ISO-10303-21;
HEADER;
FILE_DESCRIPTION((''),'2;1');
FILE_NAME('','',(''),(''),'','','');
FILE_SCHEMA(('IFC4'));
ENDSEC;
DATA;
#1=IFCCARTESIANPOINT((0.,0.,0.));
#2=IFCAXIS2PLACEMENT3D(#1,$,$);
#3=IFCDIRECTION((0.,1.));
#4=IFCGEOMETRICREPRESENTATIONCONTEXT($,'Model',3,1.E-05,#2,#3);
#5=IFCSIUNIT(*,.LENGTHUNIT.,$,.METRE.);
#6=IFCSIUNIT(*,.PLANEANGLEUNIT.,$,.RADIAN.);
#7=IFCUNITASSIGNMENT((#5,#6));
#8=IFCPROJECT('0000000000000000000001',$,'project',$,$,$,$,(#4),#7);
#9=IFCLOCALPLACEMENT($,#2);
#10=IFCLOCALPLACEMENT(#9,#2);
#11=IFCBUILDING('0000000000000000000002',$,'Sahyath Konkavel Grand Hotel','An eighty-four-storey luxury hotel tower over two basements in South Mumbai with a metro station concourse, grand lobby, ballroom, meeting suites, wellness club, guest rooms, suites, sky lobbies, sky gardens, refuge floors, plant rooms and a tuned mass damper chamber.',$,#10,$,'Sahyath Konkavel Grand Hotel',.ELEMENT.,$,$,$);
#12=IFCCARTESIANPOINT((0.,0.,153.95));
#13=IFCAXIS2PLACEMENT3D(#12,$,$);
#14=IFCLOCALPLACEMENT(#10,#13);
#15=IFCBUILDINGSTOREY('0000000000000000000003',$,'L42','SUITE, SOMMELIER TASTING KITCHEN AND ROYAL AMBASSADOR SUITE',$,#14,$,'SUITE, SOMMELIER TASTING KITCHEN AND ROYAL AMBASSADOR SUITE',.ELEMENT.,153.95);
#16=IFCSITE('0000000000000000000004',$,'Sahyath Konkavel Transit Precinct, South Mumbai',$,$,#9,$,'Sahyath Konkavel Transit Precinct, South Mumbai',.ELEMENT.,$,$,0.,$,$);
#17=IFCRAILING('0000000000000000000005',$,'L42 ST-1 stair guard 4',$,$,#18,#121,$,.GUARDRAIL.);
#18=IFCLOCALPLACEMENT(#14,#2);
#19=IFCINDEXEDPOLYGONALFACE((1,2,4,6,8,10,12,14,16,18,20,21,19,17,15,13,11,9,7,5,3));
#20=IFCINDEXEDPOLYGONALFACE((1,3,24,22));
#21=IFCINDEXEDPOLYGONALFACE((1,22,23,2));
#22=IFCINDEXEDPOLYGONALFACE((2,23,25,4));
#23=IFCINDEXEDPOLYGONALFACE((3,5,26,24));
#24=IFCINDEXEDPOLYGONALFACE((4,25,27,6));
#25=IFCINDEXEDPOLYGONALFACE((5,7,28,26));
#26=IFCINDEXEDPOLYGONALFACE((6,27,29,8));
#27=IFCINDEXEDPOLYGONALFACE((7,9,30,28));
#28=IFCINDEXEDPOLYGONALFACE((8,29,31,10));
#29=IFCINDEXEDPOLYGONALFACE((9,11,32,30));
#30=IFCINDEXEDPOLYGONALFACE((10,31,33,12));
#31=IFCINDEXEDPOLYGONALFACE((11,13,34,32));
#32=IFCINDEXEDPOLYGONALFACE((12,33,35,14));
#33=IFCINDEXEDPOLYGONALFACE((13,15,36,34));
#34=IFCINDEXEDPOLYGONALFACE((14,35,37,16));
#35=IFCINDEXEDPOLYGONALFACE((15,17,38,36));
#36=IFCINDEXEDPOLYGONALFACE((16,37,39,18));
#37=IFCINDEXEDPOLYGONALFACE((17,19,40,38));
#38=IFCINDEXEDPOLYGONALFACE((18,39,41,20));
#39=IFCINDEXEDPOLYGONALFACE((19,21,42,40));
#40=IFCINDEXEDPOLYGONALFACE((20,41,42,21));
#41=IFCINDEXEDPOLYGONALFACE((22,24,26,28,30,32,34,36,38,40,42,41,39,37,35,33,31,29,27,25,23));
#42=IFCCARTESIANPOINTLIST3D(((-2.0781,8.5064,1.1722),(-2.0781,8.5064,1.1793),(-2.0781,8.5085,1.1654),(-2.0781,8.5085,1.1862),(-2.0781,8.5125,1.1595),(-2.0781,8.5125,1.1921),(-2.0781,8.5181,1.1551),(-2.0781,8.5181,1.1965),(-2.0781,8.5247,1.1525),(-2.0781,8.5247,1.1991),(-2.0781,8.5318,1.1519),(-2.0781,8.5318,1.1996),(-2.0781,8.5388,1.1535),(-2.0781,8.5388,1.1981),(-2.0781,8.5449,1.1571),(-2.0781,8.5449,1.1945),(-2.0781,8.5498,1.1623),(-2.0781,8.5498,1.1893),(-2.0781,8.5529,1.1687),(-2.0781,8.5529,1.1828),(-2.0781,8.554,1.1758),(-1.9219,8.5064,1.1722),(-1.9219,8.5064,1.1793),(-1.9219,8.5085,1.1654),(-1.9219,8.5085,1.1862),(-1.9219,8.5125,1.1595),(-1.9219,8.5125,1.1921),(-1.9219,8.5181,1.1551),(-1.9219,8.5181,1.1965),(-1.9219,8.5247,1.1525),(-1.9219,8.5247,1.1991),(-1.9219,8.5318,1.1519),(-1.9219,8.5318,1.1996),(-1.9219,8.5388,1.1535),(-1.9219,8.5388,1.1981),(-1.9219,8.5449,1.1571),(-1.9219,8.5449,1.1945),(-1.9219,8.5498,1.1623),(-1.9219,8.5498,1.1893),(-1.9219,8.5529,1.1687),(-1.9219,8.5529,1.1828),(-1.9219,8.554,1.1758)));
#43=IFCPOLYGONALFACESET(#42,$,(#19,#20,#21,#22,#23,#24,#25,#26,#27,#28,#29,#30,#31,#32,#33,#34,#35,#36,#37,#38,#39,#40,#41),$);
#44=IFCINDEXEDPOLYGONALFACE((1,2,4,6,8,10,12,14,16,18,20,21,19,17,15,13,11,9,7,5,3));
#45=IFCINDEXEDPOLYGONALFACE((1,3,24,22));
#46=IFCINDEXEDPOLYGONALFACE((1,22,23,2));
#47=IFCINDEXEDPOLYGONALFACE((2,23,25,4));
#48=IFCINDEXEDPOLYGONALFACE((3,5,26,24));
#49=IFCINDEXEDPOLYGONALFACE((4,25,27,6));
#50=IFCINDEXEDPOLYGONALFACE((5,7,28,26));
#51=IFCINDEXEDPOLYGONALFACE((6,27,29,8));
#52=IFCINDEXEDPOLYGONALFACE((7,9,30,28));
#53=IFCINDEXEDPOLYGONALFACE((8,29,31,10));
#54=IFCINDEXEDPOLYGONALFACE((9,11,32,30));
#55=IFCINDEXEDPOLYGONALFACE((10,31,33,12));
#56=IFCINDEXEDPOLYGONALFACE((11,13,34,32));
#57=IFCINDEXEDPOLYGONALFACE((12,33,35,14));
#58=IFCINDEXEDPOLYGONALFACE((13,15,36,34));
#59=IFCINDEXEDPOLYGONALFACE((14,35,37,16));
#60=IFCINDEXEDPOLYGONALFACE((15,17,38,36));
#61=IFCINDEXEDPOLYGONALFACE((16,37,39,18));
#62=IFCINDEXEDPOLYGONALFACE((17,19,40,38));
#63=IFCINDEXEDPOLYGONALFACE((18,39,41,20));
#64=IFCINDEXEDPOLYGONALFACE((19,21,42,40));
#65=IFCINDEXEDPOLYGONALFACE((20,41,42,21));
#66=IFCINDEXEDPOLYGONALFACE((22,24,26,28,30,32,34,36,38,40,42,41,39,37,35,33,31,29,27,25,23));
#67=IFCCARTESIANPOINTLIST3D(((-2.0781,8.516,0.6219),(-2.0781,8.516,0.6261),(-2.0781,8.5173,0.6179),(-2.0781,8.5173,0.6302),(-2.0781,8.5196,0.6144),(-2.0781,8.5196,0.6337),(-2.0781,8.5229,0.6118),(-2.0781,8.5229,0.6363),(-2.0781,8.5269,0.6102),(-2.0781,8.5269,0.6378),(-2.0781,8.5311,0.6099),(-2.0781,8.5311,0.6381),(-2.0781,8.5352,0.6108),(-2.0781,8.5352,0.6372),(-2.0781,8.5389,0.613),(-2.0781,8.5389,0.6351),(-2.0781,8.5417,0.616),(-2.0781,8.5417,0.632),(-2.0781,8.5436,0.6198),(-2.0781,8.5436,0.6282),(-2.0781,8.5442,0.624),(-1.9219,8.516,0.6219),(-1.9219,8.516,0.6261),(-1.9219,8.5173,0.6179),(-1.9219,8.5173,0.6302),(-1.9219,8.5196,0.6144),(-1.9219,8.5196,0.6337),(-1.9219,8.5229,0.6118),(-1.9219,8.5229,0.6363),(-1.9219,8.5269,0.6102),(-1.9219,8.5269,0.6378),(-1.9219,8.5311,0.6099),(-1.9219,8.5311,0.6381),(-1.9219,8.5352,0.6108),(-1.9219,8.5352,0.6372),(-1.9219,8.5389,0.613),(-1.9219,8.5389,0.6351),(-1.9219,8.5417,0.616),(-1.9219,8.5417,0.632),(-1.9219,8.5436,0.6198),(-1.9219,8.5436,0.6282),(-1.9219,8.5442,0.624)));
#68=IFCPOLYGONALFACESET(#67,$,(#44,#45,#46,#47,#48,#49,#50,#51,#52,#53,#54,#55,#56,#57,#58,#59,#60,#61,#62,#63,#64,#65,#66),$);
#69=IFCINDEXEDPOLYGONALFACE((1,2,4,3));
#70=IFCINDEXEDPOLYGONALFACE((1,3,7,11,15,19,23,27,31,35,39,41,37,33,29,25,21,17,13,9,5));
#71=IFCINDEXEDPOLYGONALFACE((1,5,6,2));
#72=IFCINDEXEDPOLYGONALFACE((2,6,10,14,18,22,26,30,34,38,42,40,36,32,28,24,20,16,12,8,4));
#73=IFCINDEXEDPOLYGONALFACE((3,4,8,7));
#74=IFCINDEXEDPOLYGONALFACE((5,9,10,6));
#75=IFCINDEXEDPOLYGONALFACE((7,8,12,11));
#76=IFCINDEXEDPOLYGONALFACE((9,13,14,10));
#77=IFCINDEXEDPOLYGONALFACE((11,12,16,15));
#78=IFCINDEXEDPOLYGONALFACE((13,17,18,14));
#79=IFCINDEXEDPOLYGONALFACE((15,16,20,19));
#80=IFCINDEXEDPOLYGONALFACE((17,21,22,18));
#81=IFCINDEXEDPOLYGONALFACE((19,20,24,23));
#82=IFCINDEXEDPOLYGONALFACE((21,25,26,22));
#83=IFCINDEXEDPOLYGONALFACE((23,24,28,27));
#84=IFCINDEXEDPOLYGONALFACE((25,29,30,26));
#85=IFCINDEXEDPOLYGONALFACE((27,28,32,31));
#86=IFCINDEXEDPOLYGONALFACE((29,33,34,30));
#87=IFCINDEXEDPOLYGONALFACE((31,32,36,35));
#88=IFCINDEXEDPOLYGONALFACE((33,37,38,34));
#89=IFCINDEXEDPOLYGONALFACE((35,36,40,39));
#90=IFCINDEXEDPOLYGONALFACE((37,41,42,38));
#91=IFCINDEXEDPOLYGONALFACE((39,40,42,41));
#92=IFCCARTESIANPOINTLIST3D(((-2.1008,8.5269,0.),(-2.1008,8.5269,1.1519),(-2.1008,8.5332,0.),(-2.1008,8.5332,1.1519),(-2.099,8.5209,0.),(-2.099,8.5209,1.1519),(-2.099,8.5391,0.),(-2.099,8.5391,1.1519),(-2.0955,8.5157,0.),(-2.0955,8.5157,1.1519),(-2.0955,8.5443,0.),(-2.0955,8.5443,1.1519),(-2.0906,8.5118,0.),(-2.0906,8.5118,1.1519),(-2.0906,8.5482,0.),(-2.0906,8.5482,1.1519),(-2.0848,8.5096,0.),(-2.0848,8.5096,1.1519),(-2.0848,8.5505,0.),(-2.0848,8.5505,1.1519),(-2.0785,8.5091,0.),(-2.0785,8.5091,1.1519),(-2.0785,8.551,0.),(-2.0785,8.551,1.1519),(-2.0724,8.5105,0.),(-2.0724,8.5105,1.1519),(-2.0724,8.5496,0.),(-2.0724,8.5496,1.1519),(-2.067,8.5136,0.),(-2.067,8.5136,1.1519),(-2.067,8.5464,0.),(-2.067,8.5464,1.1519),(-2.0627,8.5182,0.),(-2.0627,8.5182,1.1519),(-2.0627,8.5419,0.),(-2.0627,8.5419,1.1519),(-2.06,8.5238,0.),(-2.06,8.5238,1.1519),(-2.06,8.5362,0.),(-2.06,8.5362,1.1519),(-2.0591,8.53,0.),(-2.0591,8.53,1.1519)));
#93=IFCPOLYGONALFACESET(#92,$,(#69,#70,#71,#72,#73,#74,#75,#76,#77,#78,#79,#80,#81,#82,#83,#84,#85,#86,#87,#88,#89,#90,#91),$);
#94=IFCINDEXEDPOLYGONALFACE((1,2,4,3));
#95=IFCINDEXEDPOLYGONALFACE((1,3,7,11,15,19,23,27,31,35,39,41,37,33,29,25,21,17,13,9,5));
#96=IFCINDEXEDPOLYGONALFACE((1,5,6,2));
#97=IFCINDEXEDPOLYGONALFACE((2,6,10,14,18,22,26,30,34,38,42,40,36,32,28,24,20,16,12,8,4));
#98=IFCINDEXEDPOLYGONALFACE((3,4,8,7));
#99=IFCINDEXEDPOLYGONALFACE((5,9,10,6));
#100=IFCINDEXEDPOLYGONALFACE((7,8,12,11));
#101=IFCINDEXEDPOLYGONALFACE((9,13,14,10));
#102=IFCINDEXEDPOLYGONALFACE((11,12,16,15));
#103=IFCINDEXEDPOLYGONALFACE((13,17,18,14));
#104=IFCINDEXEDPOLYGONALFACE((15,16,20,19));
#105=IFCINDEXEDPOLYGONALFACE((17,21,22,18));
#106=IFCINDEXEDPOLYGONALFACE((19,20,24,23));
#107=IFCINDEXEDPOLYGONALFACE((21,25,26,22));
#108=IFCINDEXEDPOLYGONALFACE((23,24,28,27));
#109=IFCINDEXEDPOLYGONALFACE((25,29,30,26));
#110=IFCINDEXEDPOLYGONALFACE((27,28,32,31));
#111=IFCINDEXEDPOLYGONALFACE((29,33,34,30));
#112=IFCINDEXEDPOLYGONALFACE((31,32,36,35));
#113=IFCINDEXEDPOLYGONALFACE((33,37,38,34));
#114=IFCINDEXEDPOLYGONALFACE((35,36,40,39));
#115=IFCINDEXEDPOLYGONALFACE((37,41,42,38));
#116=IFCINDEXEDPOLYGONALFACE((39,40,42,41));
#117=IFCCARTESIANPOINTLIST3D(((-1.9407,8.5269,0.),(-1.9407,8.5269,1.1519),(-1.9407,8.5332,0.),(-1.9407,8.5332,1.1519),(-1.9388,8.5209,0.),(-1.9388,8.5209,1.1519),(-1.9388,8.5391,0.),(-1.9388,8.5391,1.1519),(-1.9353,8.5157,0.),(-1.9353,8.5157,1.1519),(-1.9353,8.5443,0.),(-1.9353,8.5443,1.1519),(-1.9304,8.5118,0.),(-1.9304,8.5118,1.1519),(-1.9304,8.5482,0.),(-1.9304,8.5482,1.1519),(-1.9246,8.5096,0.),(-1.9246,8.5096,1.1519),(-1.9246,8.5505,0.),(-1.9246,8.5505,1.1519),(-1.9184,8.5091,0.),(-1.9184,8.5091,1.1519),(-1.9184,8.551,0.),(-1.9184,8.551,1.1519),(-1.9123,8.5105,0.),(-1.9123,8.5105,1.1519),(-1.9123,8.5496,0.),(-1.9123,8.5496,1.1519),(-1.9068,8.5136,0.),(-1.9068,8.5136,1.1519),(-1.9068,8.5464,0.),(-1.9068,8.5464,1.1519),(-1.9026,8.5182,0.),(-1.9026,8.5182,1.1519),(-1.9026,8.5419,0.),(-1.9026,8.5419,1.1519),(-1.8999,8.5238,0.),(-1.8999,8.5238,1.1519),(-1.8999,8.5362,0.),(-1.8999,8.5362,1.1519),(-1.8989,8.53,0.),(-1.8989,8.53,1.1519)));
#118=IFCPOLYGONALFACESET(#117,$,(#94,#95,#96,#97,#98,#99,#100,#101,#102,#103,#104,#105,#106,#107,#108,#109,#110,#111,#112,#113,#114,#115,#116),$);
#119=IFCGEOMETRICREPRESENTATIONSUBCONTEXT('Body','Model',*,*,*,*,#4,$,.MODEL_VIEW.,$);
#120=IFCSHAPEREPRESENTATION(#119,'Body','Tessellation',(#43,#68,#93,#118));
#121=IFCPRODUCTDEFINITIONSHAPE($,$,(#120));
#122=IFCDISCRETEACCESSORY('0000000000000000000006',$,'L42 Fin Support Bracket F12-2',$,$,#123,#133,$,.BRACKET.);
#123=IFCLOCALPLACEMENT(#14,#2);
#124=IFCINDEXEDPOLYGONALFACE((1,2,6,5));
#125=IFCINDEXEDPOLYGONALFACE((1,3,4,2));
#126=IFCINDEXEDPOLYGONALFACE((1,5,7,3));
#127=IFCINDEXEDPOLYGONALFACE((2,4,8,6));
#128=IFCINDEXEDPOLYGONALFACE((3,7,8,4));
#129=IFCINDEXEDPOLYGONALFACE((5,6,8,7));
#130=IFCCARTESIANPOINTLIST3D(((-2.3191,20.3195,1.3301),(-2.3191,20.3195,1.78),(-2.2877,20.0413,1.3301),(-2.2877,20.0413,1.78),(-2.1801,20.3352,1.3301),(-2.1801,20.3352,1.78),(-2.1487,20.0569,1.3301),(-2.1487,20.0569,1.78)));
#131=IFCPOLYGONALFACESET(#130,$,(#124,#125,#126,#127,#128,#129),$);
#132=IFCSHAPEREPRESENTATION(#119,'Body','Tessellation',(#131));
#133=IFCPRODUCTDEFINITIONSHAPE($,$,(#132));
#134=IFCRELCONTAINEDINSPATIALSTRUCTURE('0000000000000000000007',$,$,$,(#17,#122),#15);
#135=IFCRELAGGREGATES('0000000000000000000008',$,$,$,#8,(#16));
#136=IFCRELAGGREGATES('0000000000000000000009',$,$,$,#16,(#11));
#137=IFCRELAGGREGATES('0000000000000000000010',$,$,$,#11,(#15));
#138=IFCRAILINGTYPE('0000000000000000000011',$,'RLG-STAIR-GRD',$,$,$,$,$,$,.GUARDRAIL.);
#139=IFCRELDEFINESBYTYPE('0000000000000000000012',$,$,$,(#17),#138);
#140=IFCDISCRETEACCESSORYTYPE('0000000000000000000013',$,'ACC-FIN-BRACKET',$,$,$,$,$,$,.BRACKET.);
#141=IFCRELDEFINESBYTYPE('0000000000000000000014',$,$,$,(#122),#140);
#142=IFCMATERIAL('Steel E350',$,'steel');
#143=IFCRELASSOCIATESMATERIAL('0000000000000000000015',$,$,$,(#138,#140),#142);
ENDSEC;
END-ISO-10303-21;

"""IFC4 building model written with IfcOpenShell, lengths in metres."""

from ifc_helpers import new_model, si_unit, direction, frame, origin, origin_2d, place, context, subcontext, project, spatial, rectangle, circle, extrude, source, transform, mapped, material, type_object, element, save


model = new_model("IFC4")

# Units and contexts
model_context = context("Model", 3, precision=1e-05, world=origin(), true_north=direction((0.0, 1.0)))
body_context = subcontext(model_context, "Body", "Model", "MODEL_VIEW")
ifc_project = project(units=[si_unit("LENGTHUNIT", "METRE"), si_unit("PLANEANGLEUNIT", "RADIAN")], contexts=[model_context])

# Site, building, storey
site_placement = place(None, origin())
site = spatial("IfcSite", under=ifc_project, at=site_placement, Name="Sahyath Konkavel Transit Precinct, South Mumbai", LongName="Sahyath Konkavel Transit Precinct, South Mumbai", CompositionType="ELEMENT", RefElevation=0.0)
building_placement = place(site_placement, origin())
building = spatial("IfcBuilding", under=site, at=building_placement, Name="Sahyath Konkavel Grand Hotel", Description="An eighty-four-storey luxury hotel tower over two basements in South Mumbai with a metro station concourse, grand lobby, ballroom, meeting suites, wellness club, guest rooms, suites, sky lobbies, sky gardens, refuge floors, plant rooms and a tuned mass damper chamber.", LongName="Sahyath Konkavel Grand Hotel", CompositionType="ELEMENT")
storey_placement = place(building_placement, frame((0.0, 0.0, 153.95)))
storey = spatial("IfcBuildingStorey", under=building, at=storey_placement, Name="L42", Description="SUITE, SOMMELIER TASTING KITCHEN AND ROYAL AMBASSADOR SUITE", LongName="SUITE, SOMMELIER TASTING KITCHEN AND ROYAL AMBASSADOR SUITE", CompositionType="ELEMENT", Elevation=153.95)

# Shared definitions
ifc_material_1 = material(Name="Steel E350", Category="steel")

# Railing
railing_type = type_object("IfcRailingType", Name="RLG-STAIR-GRD", PredefinedType="GUARDRAIL", material=ifc_material_1)
railing_1_placement = place(storey_placement, frame((-2.0801, 8.53, 0.0)))
element("IfcRailing", 1, at=railing_1_placement, inside=storey, type_object=railing_type, Name="L42 ST-1 stair guard 4", PredefinedType="GUARDRAIL", context=body_context, shape_type="SweptSolid", body=[
    extrude(circle(Radius=0.0239, at=origin_2d()), frame((0.002, 0.0, 1.1758), z_axis=(1.0, 0.0, 0.0), x_axis=(0.0, 1.0, 0.0)), (0.0, 0.0, 1.0), 0.1562),
    extrude(circle(Radius=0.0142, at=origin_2d()), frame((0.002, 0.0, 0.624), z_axis=(1.0, 0.0, 0.0), x_axis=(0.0, 1.0, 0.0)), (0.0, 0.0, 1.0), 0.1562),
    extrude(circle(Radius=0.021, at=origin_2d()), origin(), (0.0, 0.0, 1.0), 1.1519),
    extrude(circle(Radius=0.021, at=origin_2d()), frame((0.1602, 0.0, 0.0)), (0.0, 0.0, 1.0), 1.1519),
])

# Discrete accessory
discrete_accessory_type = type_object("IfcDiscreteAccessoryType", Name="ACC-FIN-BRACKET", PredefinedType="BRACKET", material=ifc_material_1)
shared_shape_1 = source(origin(), body_context, "Body", "SweptSolid", [
    extrude(rectangle(XDim=0.28, YDim=0.1399, at=origin_2d()), origin(), (0.0, 0.0, 1.0), 0.45),
])
discrete_accessory_placement = place(storey_placement, frame((-2.2339, 20.1882, 1.3301), z_axis=(0.0, 0.0, 1.0), x_axis=(-0.112007, 0.993707, 0.0)))
element("IfcDiscreteAccessory", 2, at=discrete_accessory_placement, inside=storey, type_object=discrete_accessory_type, Name="L42 Fin Support Bracket F12-2", PredefinedType="BRACKET", context=body_context, shape_type="MappedRepresentation", body=[
    mapped(shared_shape_1, transform((0.0, 0.0, 0.0), scale=1.0)),
])

save(model, "model.ifc")
